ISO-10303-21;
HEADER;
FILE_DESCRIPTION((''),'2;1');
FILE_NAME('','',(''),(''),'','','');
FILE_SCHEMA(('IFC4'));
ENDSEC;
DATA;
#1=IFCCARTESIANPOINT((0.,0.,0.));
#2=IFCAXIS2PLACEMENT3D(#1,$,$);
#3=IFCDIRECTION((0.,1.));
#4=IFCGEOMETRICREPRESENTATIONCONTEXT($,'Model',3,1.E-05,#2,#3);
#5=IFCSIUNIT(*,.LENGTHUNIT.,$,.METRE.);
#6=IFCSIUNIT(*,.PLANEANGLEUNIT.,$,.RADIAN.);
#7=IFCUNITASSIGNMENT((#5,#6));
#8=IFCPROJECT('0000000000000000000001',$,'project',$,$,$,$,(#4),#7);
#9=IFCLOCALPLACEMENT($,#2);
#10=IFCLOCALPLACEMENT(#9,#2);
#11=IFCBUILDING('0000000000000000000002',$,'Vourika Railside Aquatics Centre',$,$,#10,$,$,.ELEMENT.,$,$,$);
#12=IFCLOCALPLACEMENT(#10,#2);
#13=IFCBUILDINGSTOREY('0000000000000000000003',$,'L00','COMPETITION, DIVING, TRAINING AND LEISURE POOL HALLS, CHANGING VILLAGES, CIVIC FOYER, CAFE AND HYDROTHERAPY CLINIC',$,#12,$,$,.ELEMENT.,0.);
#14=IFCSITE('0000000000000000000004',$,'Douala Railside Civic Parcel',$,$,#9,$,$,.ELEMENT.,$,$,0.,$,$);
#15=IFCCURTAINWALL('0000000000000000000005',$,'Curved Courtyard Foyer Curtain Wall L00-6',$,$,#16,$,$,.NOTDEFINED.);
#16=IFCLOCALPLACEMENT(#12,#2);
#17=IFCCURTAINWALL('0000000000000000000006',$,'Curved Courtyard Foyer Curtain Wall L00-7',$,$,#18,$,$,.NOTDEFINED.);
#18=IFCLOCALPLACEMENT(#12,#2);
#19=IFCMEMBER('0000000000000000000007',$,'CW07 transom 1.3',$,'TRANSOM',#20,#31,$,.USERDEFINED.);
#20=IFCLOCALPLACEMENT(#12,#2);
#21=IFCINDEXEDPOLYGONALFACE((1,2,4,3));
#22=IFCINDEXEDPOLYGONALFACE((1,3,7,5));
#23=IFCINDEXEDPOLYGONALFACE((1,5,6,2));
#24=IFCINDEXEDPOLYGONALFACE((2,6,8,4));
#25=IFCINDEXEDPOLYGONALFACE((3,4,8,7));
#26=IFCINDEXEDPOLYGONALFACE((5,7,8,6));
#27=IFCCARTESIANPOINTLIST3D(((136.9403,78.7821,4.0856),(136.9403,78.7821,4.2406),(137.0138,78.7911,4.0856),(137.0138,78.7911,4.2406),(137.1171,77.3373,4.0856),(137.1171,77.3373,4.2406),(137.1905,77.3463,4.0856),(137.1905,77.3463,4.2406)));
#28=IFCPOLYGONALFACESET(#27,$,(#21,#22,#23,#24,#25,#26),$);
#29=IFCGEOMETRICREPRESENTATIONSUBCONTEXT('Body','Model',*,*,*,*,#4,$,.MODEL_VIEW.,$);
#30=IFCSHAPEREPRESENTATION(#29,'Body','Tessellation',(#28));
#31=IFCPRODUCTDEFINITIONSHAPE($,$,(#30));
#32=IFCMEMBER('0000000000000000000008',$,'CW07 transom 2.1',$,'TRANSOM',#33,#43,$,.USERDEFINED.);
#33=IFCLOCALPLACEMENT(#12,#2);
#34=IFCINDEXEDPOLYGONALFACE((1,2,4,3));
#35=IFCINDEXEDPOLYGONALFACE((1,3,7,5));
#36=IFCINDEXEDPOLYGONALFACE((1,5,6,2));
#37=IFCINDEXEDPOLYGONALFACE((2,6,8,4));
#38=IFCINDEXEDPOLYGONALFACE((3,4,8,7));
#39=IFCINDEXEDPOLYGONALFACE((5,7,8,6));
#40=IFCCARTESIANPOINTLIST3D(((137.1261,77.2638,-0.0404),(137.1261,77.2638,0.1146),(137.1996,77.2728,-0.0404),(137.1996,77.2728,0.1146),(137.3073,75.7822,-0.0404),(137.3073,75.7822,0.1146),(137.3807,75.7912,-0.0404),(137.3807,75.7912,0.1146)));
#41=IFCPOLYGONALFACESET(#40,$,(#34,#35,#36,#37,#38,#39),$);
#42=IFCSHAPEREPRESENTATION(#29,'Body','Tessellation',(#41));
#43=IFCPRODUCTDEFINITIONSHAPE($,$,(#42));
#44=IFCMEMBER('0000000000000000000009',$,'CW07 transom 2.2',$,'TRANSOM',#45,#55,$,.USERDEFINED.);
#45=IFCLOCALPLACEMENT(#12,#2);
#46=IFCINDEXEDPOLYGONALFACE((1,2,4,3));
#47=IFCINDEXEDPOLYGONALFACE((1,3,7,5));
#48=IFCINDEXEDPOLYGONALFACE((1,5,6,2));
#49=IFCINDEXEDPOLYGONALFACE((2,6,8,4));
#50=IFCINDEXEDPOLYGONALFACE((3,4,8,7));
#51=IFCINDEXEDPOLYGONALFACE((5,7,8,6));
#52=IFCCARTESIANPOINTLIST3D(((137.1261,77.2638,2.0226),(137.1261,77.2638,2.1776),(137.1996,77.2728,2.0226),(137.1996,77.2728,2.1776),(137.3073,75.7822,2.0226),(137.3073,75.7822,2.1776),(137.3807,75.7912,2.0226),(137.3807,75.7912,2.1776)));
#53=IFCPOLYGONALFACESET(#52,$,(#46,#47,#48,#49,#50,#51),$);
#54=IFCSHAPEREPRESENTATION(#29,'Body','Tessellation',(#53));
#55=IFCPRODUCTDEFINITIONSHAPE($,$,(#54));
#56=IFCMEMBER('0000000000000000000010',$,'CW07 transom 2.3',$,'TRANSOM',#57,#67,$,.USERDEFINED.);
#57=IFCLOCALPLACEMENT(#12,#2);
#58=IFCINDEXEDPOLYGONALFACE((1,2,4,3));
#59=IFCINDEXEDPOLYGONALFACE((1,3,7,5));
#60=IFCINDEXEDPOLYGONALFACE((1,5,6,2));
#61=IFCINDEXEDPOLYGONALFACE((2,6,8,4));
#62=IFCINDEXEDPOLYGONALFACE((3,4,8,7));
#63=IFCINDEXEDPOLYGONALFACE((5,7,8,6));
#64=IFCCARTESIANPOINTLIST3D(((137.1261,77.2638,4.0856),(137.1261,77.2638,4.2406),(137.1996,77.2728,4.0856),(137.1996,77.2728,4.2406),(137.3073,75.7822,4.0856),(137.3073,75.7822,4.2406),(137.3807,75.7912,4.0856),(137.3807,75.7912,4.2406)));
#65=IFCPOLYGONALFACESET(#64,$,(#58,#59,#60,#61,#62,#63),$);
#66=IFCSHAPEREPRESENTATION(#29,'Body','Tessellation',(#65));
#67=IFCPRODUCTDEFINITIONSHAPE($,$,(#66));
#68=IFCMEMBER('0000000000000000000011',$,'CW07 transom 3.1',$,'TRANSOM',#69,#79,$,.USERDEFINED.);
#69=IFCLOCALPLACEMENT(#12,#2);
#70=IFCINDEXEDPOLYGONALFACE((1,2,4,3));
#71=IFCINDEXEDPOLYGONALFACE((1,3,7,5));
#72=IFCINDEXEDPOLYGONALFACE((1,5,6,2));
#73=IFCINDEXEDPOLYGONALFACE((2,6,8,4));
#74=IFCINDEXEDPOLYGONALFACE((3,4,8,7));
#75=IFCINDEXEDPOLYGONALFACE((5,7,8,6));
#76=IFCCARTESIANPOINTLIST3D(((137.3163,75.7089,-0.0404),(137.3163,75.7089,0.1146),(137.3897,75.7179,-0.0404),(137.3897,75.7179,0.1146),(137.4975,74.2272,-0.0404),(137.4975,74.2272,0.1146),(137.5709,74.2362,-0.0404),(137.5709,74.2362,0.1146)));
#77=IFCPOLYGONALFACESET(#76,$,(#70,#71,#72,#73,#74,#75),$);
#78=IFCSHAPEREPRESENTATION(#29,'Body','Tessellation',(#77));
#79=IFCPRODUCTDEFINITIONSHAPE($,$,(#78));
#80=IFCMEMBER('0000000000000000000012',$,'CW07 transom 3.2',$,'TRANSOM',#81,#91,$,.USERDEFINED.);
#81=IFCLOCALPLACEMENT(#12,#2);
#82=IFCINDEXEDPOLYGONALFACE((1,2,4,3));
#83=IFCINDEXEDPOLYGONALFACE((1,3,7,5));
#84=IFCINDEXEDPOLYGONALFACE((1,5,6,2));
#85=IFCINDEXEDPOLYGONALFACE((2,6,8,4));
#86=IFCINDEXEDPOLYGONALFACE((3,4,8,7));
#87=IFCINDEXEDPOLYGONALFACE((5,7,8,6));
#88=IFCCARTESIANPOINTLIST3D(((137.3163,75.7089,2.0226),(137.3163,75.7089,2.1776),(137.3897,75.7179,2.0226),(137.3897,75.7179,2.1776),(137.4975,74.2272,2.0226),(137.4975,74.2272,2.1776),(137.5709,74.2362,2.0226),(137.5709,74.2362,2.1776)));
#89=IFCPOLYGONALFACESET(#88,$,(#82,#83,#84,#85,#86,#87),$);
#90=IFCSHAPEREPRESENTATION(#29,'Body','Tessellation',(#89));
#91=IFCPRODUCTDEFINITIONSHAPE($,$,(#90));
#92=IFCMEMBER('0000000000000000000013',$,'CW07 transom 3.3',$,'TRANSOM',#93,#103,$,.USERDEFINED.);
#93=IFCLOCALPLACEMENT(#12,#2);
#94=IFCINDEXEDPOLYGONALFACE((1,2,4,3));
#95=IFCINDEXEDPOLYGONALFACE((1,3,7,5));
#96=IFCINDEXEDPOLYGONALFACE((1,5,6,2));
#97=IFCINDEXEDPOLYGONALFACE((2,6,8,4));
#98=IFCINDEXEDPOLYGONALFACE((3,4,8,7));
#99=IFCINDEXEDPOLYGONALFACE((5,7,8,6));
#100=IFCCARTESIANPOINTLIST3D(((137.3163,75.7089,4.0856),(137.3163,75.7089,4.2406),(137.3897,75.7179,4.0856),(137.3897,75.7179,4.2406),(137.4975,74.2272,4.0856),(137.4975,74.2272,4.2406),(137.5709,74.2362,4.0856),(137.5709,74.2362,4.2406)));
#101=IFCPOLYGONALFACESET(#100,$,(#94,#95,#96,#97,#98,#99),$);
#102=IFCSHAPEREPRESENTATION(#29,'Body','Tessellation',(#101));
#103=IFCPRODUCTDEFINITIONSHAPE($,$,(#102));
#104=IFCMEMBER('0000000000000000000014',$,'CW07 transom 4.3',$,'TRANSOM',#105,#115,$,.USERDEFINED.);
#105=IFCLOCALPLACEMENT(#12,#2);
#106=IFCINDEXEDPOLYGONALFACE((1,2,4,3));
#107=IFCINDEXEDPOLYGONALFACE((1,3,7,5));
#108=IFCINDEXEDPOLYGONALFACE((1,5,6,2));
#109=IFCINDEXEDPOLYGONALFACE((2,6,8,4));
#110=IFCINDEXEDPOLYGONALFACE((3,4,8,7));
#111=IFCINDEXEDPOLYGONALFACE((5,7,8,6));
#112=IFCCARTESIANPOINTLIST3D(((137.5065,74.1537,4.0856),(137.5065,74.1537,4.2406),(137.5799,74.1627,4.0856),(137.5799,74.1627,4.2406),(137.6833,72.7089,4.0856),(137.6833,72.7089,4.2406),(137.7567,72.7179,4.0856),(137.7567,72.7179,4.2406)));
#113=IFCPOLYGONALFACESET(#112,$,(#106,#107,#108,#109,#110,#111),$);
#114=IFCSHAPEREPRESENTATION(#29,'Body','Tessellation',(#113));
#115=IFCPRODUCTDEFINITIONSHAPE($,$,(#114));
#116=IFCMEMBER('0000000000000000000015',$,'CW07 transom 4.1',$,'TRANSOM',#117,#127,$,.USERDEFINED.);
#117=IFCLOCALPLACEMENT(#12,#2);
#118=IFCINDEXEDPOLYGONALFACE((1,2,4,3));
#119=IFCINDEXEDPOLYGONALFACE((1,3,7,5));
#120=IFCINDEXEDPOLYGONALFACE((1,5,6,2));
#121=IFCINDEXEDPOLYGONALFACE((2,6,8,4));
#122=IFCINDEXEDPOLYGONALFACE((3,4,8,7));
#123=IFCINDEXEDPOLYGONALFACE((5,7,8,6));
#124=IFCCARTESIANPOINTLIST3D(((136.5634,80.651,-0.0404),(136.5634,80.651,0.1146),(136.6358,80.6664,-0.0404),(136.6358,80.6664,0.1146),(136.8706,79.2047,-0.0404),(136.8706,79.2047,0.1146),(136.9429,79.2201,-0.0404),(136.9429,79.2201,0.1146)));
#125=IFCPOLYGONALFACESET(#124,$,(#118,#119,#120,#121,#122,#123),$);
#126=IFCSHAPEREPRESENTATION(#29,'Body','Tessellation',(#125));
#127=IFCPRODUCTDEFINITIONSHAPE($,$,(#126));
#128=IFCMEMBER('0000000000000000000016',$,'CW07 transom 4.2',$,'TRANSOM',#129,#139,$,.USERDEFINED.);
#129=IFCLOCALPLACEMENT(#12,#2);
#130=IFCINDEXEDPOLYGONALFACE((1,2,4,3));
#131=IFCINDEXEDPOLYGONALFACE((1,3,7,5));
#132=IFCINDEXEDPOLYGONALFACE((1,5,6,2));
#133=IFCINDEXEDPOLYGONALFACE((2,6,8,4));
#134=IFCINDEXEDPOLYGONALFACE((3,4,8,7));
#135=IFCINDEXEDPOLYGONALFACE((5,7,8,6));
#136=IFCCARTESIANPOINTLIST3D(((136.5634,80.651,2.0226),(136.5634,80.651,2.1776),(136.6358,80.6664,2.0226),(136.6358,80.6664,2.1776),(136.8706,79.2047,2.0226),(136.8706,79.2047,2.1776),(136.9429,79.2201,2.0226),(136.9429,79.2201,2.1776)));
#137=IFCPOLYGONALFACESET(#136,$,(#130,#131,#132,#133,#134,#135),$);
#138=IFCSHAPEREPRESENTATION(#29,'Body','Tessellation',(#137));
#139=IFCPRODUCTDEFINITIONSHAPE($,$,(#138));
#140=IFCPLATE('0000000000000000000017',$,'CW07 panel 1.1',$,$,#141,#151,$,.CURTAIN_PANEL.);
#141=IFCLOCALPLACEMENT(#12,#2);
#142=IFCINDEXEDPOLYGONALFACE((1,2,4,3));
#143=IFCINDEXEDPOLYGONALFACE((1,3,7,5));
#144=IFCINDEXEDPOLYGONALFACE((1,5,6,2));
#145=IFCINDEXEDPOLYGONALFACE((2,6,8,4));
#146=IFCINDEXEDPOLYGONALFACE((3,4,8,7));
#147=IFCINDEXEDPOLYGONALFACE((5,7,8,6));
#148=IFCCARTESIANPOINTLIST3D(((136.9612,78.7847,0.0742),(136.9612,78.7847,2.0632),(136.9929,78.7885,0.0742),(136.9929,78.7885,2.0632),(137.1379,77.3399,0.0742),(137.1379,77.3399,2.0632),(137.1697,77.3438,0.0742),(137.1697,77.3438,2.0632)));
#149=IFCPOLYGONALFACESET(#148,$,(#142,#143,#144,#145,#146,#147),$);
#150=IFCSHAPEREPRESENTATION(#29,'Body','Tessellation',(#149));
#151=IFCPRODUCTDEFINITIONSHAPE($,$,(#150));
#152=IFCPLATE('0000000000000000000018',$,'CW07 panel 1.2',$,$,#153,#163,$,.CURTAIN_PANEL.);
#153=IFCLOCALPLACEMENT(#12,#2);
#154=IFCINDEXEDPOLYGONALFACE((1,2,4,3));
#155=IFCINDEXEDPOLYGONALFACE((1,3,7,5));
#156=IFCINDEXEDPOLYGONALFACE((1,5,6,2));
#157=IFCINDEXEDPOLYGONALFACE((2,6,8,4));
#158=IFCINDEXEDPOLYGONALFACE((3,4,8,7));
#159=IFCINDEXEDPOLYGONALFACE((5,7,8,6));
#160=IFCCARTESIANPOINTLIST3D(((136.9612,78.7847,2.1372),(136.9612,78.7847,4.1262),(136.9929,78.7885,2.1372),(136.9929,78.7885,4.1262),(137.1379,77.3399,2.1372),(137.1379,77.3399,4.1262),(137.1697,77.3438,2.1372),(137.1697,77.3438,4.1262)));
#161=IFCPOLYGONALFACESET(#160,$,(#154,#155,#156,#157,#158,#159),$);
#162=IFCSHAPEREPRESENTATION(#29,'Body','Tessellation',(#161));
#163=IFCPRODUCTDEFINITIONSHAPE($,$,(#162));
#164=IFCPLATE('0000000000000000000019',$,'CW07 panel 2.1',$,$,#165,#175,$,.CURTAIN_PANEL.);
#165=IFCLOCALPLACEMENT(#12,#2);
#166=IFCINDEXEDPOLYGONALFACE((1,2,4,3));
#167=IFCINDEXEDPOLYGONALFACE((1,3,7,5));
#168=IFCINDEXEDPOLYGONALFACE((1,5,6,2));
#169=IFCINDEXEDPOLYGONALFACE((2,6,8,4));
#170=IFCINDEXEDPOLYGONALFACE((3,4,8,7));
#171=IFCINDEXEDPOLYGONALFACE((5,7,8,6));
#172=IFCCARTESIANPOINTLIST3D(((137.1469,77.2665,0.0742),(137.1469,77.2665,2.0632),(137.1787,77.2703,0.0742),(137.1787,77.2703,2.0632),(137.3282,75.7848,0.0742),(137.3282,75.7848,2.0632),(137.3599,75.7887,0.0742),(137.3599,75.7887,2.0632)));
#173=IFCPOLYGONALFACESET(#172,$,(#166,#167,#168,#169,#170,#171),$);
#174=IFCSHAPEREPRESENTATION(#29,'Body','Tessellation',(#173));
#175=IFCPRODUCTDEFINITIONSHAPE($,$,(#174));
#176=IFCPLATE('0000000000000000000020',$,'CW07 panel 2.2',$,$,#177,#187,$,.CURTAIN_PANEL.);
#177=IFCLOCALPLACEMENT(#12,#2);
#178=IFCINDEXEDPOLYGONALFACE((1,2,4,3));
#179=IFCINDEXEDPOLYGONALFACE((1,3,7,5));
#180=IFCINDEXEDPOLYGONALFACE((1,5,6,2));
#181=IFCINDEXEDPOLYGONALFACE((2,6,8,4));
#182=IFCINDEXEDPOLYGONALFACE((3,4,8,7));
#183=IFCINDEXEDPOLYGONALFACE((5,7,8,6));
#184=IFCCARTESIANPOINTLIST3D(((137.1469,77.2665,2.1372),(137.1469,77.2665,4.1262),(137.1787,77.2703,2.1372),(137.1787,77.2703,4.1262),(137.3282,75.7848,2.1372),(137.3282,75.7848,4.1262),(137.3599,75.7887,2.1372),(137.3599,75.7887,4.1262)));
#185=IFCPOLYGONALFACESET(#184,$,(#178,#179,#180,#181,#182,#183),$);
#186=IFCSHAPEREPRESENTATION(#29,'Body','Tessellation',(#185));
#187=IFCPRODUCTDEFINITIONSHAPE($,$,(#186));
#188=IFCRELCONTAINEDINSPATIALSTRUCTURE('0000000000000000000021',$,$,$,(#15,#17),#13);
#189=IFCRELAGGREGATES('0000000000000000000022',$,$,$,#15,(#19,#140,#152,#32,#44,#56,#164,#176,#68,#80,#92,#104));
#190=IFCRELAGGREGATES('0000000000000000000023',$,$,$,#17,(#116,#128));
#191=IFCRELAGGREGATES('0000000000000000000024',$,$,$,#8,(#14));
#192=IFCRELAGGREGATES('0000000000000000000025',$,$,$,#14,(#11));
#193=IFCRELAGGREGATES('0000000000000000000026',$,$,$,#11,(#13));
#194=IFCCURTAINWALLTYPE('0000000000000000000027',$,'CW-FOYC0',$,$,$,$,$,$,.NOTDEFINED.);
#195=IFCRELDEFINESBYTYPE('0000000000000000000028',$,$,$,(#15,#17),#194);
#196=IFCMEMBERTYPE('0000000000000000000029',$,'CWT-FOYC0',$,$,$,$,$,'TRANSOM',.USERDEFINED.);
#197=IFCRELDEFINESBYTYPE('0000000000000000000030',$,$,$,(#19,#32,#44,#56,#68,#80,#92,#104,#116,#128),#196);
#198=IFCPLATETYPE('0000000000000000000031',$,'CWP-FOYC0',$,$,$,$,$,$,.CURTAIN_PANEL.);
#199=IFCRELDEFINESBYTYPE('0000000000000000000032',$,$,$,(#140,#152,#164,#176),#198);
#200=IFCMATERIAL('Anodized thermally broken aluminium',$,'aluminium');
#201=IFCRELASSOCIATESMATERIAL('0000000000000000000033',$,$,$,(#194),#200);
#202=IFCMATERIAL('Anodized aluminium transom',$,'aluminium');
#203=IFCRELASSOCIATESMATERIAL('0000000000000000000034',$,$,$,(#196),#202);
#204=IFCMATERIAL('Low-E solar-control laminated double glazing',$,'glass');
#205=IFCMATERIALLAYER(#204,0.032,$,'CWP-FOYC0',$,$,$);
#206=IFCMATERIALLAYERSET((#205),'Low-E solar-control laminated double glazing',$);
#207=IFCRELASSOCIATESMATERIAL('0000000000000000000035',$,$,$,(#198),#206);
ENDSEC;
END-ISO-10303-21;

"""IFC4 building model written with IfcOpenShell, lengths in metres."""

from ifc_helpers import new_model, si_unit, direction, frame, origin, origin_2d, place, context, subcontext, project, spatial, rectangle, extrude, material, layer, layer_set, material_profile, profile_set, type_object, element, aggregate, save


model = new_model("IFC4")

# Units and contexts
model_context = context("Model", 3, precision=1e-05, world=origin(), true_north=direction((0.0, 1.0)))
body_context = subcontext(model_context, "Body", "Model", "MODEL_VIEW")
ifc_project = project(units=[si_unit("LENGTHUNIT", "METRE"), si_unit("PLANEANGLEUNIT", "RADIAN")], contexts=[model_context])

# Site, building, storey
site_placement = place(None, origin())
site = spatial("IfcSite", under=ifc_project, at=site_placement, Name="Douala Railside Civic Parcel", CompositionType="ELEMENT", RefElevation=0.0)
building_placement = place(site_placement, origin())
building = spatial("IfcBuilding", under=site, at=building_placement, Name="Vourika Railside Aquatics Centre", CompositionType="ELEMENT")
storey_placement = place(building_placement, origin())
storey = spatial("IfcBuildingStorey", under=building, at=storey_placement, Name="L00", Description="COMPETITION, DIVING, TRAINING AND LEISURE POOL HALLS, CHANGING VILLAGES, CIVIC FOYER, CAFE AND HYDROTHERAPY CLINIC", CompositionType="ELEMENT", Elevation=0.0)

# Curtain wall
ifc_material_1 = material(Name="Anodized thermally broken aluminium", Category="aluminium")
curtain_wall_type = type_object("IfcCurtainWallType", Name="CW-FOYC0", PredefinedType="NOTDEFINED", material=ifc_material_1)
curtain_wall_1_placement = place(storey_placement, origin())
curtain_wall_1 = element("IfcCurtainWall", 1, at=curtain_wall_1_placement, inside=storey, type_object=curtain_wall_type, Name="Curved Courtyard Foyer Curtain Wall L00-6", PredefinedType="NOTDEFINED")

# Curtain wall
curtain_wall_2_placement = place(storey_placement, origin())
curtain_wall_2 = element("IfcCurtainWall", 2, at=curtain_wall_2_placement, inside=storey, type_object=curtain_wall_type, Name="Curved Courtyard Foyer Curtain Wall L00-7", PredefinedType="NOTDEFINED")

# Members
ifc_material_2 = material(Name="Anodized aluminium transom", Category="aluminium")
ifc_material_profile_1 = material_profile(ifc_material_2, rectangle(XDim=0.074, YDim=0.155, at=origin_2d()), Name="ALU-T 74x155")
ifc_profile_set_1 = profile_set([ifc_material_profile_1], Name="Anodized aluminium transom")
member_type_1 = type_object("IfcMemberType", Name="CWT-FOYC0", ElementType="TRANSOM", PredefinedType="USERDEFINED", material=ifc_profile_set_1)
member_1_placement = place(storey_placement, frame((136.9771, 78.7866, 4.1631), z_axis=(0.121433, -0.9926, 0.0), x_axis=(0.9926, 0.121433, 0.0)))
member_1 = element("IfcMember", 3, at=member_1_placement, type_object=member_type_1, Name="CW07 transom 1.3", ObjectType="TRANSOM", PredefinedType="USERDEFINED", context=body_context, shape_type="SweptSolid", body=[
    extrude(rectangle(XDim=0.074, YDim=0.155, at=origin_2d()), origin(), (0.0, 0.0, 1.0), 1.4556),
])
member_2_placement = place(storey_placement, frame((137.1628, 77.2683, 0.0371), z_axis=(0.121357, -0.992609, 0.0), x_axis=(0.992609, 0.121357, 0.0)))
member_2 = element("IfcMember", 4, at=member_2_placement, type_object=member_type_1, Name="CW07 transom 2.1", ObjectType="TRANSOM", PredefinedType="USERDEFINED", context=body_context, shape_type="SweptSolid", body=[
    extrude(rectangle(XDim=0.074, YDim=0.155, at=origin_2d()), origin(), (0.0, 0.0, 1.0), 1.4927),
])
member_3_placement = place(storey_placement, frame((137.1628, 77.2683, 2.1001), z_axis=(0.121357, -0.992609, 0.0), x_axis=(0.992609, 0.121357, 0.0)))
member_3 = element("IfcMember", 5, at=member_3_placement, type_object=member_type_1, Name="CW07 transom 2.2", ObjectType="TRANSOM", PredefinedType="USERDEFINED", context=body_context, shape_type="SweptSolid", body=[
    extrude(rectangle(XDim=0.074, YDim=0.155, at=origin_2d()), origin(), (0.0, 0.0, 1.0), 1.4927),
])
member_4_placement = place(storey_placement, frame((137.1628, 77.2683, 4.1631), z_axis=(0.121357, -0.992609, 0.0), x_axis=(0.992609, 0.121357, 0.0)))
member_4 = element("IfcMember", 6, at=member_4_placement, type_object=member_type_1, Name="CW07 transom 2.3", ObjectType="TRANSOM", PredefinedType="USERDEFINED", context=body_context, shape_type="SweptSolid", body=[
    extrude(rectangle(XDim=0.074, YDim=0.155, at=origin_2d()), origin(), (0.0, 0.0, 1.0), 1.4927),
])
member_5_placement = place(storey_placement, frame((137.353, 75.7134, 0.0371), z_axis=(0.121357, -0.992609, 0.0), x_axis=(0.992609, 0.121357, 0.0)))
member_5 = element("IfcMember", 7, at=member_5_placement, type_object=member_type_1, Name="CW07 transom 3.1", ObjectType="TRANSOM", PredefinedType="USERDEFINED", context=body_context, shape_type="SweptSolid", body=[
    extrude(rectangle(XDim=0.074, YDim=0.155, at=origin_2d()), origin(), (0.0, 0.0, 1.0), 1.4927),
])
member_6_placement = place(storey_placement, frame((137.353, 75.7134, 2.1001), z_axis=(0.121357, -0.992609, 0.0), x_axis=(0.992609, 0.121357, 0.0)))
member_6 = element("IfcMember", 8, at=member_6_placement, type_object=member_type_1, Name="CW07 transom 3.2", ObjectType="TRANSOM", PredefinedType="USERDEFINED", context=body_context, shape_type="SweptSolid", body=[
    extrude(rectangle(XDim=0.074, YDim=0.155, at=origin_2d()), origin(), (0.0, 0.0, 1.0), 1.4927),
])
member_7_placement = place(storey_placement, frame((137.353, 75.7134, 4.1631), z_axis=(0.121357, -0.992609, 0.0), x_axis=(0.992609, 0.121357, 0.0)))
member_7 = element("IfcMember", 9, at=member_7_placement, type_object=member_type_1, Name="CW07 transom 3.3", ObjectType="TRANSOM", PredefinedType="USERDEFINED", context=body_context, shape_type="SweptSolid", body=[
    extrude(rectangle(XDim=0.074, YDim=0.155, at=origin_2d()), origin(), (0.0, 0.0, 1.0), 1.4927),
])
member_8_placement = place(storey_placement, frame((137.5432, 74.1582, 4.1631), z_axis=(0.121433, -0.9926, 0.0), x_axis=(0.9926, 0.121433, 0.0)))
member_8 = element("IfcMember", 10, at=member_8_placement, type_object=member_type_1, Name="CW07 transom 4.3", ObjectType="TRANSOM", PredefinedType="USERDEFINED", context=body_context, shape_type="SweptSolid", body=[
    extrude(rectangle(XDim=0.074, YDim=0.155, at=origin_2d()), origin(), (0.0, 0.0, 1.0), 1.4556),
])
member_9_placement = place(storey_placement, frame((136.5996, 80.6587, 0.0371), z_axis=(0.207724, -0.978187, 0.0), x_axis=(0.978187, 0.207724, 0.0)))
member_9 = element("IfcMember", 11, at=member_9_placement, type_object=member_type_1, Name="CW07 transom 4.1", ObjectType="TRANSOM", PredefinedType="USERDEFINED", context=body_context, shape_type="SweptSolid", body=[
    extrude(rectangle(XDim=0.074, YDim=0.155, at=origin_2d()), origin(), (0.0, 0.0, 1.0), 1.4785),
])
member_10_placement = place(storey_placement, frame((136.5996, 80.6587, 2.1001), z_axis=(0.207724, -0.978187, 0.0), x_axis=(0.978187, 0.207724, 0.0)))
member_10 = element("IfcMember", 12, at=member_10_placement, type_object=member_type_1, Name="CW07 transom 4.2", ObjectType="TRANSOM", PredefinedType="USERDEFINED", context=body_context, shape_type="SweptSolid", body=[
    extrude(rectangle(XDim=0.074, YDim=0.155, at=origin_2d()), origin(), (0.0, 0.0, 1.0), 1.4785),
])

# Plates
ifc_material_3 = material(Name="Low-E solar-control laminated double glazing", Category="glass")
ifc_layer = layer(ifc_material_3, 0.032, Name="CWP-FOYC0")
ifc_layer_set = layer_set([ifc_layer], Name="Low-E solar-control laminated double glazing")
plate_type = type_object("IfcPlateType", Name="CWP-FOYC0", PredefinedType="CURTAIN_PANEL", material=ifc_layer_set)
plate_1_placement = place(storey_placement, frame((137.0654, 78.0642, 0.0742), z_axis=(0.0, 0.0, 1.0), x_axis=(0.121442, -0.992599, 0.0)))
plate_1 = element("IfcPlate", 13, at=plate_1_placement, type_object=plate_type, Name="CW07 panel 1.1", PredefinedType="CURTAIN_PANEL", context=body_context, shape_type="SweptSolid", body=[
    extrude(rectangle(XDim=1.4556, YDim=0.032, at=origin_2d()), origin(), (0.0, 0.0, 1.0), 1.989),
])
plate_2_placement = place(storey_placement, frame((137.0654, 78.0642, 2.1372), z_axis=(0.0, 0.0, 1.0), x_axis=(0.121442, -0.992599, 0.0)))
plate_2 = element("IfcPlate", 14, at=plate_2_placement, type_object=plate_type, Name="CW07 panel 1.2", PredefinedType="CURTAIN_PANEL", context=body_context, shape_type="SweptSolid", body=[
    extrude(rectangle(XDim=1.4556, YDim=0.032, at=origin_2d()), origin(), (0.0, 0.0, 1.0), 1.989),
])
plate_3_placement = place(storey_placement, frame((137.2534, 76.5276, 0.0742), z_axis=(0.0, 0.0, 1.0), x_axis=(0.121442, -0.992599, 0.0)))
plate_3 = element("IfcPlate", 15, at=plate_3_placement, type_object=plate_type, Name="CW07 panel 2.1", PredefinedType="CURTAIN_PANEL", context=body_context, shape_type="SweptSolid", body=[
    extrude(rectangle(XDim=1.4927, YDim=0.032, at=origin_2d()), origin(), (0.0, 0.0, 1.0), 1.989),
])
plate_4_placement = place(storey_placement, frame((137.2534, 76.5276, 2.1372), z_axis=(0.0, 0.0, 1.0), x_axis=(0.121442, -0.992599, 0.0)))
plate_4 = element("IfcPlate", 16, at=plate_4_placement, type_object=plate_type, Name="CW07 panel 2.2", PredefinedType="CURTAIN_PANEL", context=body_context, shape_type="SweptSolid", body=[
    extrude(rectangle(XDim=1.4927, YDim=0.032, at=origin_2d()), origin(), (0.0, 0.0, 1.0), 1.989),
])
aggregate(curtain_wall_1, [member_1, plate_1, plate_2, member_2, member_3, member_4, plate_3, plate_4, member_5, member_6, member_7, member_8])
aggregate(curtain_wall_2, [member_9, member_10])

save(model, "model.ifc")
